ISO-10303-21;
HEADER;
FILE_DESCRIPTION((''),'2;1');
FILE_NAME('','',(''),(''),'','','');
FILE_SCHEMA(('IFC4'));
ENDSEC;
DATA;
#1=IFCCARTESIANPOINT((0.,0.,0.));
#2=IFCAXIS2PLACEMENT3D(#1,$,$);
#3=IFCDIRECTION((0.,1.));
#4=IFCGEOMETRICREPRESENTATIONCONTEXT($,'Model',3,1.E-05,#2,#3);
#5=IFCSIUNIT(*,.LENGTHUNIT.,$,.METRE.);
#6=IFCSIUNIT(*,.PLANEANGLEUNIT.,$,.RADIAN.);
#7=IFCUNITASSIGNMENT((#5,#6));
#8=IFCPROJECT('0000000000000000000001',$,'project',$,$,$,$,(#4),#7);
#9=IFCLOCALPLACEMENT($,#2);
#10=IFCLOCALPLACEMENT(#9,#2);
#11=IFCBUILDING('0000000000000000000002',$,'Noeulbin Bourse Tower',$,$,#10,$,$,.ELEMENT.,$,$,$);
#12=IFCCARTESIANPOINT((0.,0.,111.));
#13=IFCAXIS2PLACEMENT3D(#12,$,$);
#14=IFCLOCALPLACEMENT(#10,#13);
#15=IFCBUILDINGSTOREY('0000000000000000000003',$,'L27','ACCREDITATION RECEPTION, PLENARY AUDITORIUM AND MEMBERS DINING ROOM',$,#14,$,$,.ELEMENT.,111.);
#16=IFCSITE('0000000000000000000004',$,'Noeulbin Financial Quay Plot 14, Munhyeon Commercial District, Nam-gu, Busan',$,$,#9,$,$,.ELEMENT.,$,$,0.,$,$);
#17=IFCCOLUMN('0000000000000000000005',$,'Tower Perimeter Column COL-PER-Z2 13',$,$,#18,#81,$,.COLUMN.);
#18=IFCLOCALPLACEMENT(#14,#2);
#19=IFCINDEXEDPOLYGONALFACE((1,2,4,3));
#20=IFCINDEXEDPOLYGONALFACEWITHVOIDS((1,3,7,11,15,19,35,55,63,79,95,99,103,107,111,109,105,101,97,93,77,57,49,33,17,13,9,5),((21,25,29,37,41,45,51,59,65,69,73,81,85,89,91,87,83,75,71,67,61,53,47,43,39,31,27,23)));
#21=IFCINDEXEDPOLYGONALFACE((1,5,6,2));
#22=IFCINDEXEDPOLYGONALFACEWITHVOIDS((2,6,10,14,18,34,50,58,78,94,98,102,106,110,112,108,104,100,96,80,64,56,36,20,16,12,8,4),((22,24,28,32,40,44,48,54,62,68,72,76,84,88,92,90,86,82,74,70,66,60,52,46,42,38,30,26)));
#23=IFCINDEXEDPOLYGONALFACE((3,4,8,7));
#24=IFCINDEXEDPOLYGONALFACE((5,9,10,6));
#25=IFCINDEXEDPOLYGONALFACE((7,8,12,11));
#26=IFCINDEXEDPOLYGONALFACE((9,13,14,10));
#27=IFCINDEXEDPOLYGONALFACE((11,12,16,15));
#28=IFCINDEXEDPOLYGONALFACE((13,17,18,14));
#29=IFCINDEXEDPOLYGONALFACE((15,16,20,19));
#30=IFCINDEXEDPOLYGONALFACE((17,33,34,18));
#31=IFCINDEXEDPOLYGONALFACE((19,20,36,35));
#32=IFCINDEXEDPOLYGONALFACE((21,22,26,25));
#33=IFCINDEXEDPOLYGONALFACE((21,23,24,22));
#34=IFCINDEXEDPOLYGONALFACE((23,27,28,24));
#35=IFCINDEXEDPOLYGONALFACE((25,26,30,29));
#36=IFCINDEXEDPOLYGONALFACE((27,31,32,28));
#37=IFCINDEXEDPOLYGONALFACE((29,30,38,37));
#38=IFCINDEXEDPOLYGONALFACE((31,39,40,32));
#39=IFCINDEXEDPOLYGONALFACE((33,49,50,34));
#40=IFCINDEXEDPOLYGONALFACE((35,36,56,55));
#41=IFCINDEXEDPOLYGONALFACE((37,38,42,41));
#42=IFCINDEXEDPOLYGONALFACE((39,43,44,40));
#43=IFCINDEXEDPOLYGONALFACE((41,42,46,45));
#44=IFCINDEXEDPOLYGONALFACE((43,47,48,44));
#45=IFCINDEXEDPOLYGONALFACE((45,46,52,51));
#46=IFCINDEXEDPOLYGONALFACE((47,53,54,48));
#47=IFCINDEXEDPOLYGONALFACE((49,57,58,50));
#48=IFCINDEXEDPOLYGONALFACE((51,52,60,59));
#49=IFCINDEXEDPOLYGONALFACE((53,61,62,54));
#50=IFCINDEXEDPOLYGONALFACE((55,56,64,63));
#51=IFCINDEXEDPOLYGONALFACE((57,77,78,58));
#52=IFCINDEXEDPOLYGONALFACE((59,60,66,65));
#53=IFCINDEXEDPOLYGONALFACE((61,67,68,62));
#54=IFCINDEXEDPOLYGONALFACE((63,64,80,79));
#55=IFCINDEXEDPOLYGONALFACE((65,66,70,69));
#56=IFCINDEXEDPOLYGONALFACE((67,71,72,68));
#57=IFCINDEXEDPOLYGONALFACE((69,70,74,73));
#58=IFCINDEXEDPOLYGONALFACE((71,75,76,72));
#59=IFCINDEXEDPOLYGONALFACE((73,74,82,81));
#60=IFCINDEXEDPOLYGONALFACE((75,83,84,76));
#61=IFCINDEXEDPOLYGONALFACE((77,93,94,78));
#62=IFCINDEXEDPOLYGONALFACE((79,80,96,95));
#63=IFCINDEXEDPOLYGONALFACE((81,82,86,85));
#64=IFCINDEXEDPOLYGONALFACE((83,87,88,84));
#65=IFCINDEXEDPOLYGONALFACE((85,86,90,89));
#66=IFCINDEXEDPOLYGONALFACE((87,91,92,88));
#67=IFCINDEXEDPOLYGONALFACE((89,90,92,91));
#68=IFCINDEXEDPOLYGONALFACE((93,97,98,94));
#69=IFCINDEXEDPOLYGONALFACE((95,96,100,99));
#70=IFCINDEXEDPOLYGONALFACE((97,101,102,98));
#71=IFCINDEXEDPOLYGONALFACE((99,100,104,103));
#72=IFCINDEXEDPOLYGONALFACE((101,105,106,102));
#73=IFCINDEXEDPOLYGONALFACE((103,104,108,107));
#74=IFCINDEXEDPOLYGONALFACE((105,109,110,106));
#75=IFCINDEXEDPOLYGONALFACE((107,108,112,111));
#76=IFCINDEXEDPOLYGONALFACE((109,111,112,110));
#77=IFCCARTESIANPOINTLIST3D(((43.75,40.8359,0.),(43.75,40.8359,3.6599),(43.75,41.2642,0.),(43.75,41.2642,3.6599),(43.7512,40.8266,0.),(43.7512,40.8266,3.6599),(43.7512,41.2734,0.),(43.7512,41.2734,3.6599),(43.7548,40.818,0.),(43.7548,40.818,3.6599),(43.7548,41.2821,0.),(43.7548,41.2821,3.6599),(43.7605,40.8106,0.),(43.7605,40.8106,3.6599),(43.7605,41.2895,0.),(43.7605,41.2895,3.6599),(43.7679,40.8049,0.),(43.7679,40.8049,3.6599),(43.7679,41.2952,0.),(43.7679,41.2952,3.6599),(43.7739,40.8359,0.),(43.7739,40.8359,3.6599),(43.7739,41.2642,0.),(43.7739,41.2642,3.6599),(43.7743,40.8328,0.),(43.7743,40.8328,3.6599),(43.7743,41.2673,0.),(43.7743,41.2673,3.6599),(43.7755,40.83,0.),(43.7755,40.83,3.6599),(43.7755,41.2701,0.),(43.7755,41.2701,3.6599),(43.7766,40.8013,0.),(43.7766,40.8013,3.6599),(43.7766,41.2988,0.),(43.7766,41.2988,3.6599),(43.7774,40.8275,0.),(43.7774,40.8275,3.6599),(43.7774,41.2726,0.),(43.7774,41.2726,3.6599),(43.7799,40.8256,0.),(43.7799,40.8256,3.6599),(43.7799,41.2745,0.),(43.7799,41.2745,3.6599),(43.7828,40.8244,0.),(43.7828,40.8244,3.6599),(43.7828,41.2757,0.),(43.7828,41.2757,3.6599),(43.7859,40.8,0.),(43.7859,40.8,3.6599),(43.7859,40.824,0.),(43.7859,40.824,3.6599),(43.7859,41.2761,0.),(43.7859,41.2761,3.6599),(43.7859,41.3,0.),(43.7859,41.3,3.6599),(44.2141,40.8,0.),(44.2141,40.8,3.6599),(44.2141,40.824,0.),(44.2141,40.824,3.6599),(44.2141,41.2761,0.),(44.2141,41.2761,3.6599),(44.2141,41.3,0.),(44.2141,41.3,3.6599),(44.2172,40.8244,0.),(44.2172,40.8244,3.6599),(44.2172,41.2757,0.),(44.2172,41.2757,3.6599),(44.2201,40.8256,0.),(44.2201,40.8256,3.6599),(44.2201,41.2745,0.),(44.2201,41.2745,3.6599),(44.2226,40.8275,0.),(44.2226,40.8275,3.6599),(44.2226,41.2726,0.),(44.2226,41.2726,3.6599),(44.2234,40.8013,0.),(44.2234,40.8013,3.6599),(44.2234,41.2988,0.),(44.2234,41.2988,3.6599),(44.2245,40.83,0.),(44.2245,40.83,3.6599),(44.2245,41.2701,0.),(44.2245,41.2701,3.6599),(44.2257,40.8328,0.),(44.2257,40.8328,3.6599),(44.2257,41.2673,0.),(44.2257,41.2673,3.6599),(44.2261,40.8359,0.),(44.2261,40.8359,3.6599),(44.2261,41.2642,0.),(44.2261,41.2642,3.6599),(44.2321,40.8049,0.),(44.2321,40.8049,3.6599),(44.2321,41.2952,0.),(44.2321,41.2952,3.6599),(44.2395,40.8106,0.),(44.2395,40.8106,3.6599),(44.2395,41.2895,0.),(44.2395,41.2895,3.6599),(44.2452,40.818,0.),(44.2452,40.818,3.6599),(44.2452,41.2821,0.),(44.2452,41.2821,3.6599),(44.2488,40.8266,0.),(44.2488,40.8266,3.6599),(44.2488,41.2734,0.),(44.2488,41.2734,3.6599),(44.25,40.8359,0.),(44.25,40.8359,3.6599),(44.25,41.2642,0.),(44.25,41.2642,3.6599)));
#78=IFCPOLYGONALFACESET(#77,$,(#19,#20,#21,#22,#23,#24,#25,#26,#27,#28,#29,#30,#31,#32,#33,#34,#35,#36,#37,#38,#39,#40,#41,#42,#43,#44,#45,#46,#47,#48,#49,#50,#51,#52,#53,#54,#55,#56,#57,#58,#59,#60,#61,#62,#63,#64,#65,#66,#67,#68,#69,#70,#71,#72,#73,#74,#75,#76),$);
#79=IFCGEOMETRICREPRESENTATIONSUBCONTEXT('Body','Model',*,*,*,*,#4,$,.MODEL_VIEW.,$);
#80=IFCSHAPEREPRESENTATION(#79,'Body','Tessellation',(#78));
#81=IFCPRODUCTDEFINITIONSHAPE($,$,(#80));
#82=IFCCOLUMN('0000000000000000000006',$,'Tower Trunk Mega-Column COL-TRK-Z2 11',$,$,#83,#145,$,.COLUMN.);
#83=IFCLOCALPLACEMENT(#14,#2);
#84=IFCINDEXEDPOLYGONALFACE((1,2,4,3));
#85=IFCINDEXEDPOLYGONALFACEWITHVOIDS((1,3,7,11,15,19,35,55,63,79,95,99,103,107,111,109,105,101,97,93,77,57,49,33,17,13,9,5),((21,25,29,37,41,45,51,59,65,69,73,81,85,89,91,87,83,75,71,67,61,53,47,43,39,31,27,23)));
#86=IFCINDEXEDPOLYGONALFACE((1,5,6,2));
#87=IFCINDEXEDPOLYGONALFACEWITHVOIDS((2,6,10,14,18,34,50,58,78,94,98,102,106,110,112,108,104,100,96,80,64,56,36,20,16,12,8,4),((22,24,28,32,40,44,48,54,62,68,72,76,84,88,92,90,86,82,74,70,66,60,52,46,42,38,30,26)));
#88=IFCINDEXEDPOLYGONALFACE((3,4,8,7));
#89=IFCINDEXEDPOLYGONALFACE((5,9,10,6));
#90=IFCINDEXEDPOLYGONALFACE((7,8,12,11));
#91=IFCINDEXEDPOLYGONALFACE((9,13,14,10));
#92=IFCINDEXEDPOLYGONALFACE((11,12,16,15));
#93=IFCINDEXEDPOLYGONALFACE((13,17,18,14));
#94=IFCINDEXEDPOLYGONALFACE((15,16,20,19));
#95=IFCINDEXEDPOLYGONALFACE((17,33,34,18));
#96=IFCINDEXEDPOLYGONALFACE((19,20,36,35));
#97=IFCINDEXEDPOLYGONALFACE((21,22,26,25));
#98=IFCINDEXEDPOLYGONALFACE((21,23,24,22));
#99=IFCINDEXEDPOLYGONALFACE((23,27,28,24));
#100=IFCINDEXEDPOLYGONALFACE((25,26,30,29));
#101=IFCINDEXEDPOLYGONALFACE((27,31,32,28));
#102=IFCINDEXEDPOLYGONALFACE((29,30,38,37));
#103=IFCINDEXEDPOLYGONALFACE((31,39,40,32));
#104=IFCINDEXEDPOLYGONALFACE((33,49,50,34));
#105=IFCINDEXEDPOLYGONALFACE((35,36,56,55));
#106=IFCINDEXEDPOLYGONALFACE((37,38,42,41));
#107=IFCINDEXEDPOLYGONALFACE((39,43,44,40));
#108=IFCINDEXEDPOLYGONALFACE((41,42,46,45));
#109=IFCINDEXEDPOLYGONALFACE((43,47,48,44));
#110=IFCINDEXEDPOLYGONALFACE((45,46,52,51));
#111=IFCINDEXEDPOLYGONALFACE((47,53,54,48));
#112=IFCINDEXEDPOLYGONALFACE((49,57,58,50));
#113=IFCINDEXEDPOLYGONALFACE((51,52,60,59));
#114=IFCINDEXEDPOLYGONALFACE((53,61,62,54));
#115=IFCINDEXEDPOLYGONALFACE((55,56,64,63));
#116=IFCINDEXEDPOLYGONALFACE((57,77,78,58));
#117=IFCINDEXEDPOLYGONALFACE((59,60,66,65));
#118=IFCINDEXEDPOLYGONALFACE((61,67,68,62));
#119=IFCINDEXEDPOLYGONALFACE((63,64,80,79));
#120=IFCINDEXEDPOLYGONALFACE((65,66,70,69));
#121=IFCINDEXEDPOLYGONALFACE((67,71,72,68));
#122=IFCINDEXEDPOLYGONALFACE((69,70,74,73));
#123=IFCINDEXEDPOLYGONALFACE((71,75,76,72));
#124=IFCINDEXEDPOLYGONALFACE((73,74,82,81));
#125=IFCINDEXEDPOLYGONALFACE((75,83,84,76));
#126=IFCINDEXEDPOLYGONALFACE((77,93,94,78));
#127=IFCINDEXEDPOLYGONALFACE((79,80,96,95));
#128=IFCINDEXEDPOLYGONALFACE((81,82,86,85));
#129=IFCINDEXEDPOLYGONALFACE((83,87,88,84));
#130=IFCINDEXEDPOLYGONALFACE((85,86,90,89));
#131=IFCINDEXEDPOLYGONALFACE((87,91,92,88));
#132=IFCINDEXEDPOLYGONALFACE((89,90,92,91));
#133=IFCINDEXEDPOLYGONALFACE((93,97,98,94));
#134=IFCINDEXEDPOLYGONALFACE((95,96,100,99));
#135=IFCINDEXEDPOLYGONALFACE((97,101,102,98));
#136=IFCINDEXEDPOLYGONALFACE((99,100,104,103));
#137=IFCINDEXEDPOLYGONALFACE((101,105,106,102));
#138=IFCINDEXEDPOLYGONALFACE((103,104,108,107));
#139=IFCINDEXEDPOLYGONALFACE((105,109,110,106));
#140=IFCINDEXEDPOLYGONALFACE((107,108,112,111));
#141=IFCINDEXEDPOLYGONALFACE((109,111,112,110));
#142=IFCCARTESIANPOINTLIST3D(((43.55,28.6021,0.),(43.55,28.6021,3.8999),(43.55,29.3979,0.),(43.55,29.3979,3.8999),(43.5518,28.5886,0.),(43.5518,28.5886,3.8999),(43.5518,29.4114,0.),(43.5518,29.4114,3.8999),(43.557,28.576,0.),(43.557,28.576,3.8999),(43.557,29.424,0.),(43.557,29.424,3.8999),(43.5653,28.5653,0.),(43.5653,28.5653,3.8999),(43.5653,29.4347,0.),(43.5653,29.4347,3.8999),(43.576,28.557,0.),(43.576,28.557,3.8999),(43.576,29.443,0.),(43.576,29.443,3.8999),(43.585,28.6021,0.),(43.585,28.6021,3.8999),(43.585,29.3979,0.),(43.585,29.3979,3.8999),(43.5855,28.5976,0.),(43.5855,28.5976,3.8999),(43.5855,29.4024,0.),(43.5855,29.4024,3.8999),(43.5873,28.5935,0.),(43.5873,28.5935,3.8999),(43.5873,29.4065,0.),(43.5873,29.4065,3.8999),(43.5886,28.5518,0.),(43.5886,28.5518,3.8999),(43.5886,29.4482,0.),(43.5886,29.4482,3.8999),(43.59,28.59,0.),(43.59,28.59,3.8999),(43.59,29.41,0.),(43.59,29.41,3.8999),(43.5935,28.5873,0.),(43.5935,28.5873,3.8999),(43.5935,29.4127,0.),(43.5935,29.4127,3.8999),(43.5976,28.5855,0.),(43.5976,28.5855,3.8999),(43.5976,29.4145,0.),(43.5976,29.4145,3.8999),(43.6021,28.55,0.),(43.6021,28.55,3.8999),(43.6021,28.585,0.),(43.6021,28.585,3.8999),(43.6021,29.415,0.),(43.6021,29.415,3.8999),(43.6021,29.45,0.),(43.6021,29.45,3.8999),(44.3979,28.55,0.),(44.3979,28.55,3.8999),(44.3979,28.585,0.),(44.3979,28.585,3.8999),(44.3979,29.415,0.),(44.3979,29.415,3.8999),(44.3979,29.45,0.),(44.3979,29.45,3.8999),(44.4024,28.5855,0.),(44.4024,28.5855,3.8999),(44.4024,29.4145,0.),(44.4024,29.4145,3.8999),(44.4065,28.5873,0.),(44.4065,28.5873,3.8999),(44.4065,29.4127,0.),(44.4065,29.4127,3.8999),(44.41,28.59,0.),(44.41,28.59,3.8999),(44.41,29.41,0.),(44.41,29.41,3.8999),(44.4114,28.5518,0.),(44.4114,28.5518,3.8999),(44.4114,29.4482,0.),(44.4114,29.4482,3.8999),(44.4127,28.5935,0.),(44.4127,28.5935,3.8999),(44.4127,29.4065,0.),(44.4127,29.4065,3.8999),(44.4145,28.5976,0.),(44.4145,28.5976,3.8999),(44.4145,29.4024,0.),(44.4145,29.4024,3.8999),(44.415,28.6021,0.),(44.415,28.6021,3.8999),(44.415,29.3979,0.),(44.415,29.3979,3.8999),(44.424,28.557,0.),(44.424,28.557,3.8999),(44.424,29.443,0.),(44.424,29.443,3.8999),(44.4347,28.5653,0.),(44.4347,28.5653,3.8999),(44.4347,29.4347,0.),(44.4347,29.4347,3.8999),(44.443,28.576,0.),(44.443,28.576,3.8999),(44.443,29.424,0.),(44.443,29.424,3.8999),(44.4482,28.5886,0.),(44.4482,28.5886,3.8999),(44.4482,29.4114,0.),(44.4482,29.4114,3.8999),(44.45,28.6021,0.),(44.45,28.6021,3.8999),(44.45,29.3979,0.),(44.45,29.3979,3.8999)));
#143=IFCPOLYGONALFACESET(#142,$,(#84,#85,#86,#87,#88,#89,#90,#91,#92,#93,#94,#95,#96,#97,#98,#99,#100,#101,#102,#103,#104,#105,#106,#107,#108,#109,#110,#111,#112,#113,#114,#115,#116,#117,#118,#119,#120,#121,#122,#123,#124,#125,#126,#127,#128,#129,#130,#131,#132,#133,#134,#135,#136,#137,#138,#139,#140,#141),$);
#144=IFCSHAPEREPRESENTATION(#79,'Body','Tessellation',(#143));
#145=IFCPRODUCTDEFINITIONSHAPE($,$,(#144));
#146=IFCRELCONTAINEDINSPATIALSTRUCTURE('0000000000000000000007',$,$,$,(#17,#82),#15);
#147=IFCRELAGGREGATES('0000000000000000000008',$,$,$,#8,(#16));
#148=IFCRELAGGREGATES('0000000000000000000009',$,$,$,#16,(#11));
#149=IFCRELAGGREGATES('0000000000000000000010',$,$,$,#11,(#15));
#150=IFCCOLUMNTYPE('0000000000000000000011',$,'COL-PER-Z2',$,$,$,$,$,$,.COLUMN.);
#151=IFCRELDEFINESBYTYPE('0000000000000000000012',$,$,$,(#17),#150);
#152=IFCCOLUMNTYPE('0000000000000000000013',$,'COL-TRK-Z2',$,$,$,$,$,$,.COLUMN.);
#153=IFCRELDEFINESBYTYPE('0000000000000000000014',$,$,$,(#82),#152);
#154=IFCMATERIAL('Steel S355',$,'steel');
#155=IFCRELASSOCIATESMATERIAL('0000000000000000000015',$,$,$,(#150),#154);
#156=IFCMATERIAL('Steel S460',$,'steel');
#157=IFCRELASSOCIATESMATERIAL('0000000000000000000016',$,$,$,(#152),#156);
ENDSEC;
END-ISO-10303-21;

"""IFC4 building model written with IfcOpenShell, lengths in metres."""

from ifc_helpers import new_model, si_unit, direction, frame, origin, origin_2d, place, context, subcontext, project, spatial, hollow_rectangle, extrude, material, material_profile, profile_set, type_object, element, save


model = new_model("IFC4")

# Units and contexts
model_context = context("Model", 3, precision=1e-05, world=origin(), true_north=direction((0.0, 1.0)))
body_context = subcontext(model_context, "Body", "Model", "MODEL_VIEW")
ifc_project = project(units=[si_unit("LENGTHUNIT", "METRE"), si_unit("PLANEANGLEUNIT", "RADIAN")], contexts=[model_context])

# Site, building, storey
site_placement = place(None, origin())
site = spatial("IfcSite", under=ifc_project, at=site_placement, Name="Noeulbin Financial Quay Plot 14, Munhyeon Commercial District, Nam-gu, Busan", CompositionType="ELEMENT", RefElevation=0.0)
building_placement = place(site_placement, origin())
building = spatial("IfcBuilding", under=site, at=building_placement, Name="Noeulbin Bourse Tower", CompositionType="ELEMENT")
storey_placement = place(building_placement, frame((0.0, 0.0, 111.0)))
storey = spatial("IfcBuildingStorey", under=building, at=storey_placement, Name="L27", Description="ACCREDITATION RECEPTION, PLENARY AUDITORIUM AND MEMBERS DINING ROOM", CompositionType="ELEMENT", Elevation=111.0)

# Columns
ifc_material_1 = material(Name="Steel S355", Category="steel")
ifc_material_profile_1 = material_profile(ifc_material_1, hollow_rectangle(XDim=0.5, YDim=0.5, WallThickness=0.0239, InnerFilletRadius=0.012, OuterFilletRadius=0.0359, at=origin_2d()), Name="BOX-500x500x24", Category="LoadBearing")
ifc_profile_set_1 = profile_set([ifc_material_profile_1], Name="Steel S355")
column_type_1 = type_object("IfcColumnType", Name="COL-PER-Z2", PredefinedType="COLUMN", material=ifc_profile_set_1)
column_placement = place(storey_placement, frame((44.0, 41.05, 0.0), z_axis=(0.0, 0.0, 1.0), x_axis=(1.0, 0.0, 0.0)))
element("IfcColumn", 1, at=column_placement, inside=storey, type_object=column_type_1, Name="Tower Perimeter Column COL-PER-Z2 13", PredefinedType="COLUMN", context=body_context, shape_type="SweptSolid", body=[
    extrude(hollow_rectangle(XDim=0.5, YDim=0.5, WallThickness=0.0239, InnerFilletRadius=0.012, OuterFilletRadius=0.0359, at=origin_2d()), origin(), (0.0, 0.0, 1.0), 3.6599),
])
ifc_material_2 = material(Name="Steel S460", Category="steel")
ifc_material_profile_2 = material_profile(ifc_material_2, hollow_rectangle(XDim=0.8999, YDim=0.8999, WallThickness=0.0349, InnerFilletRadius=0.0171, OuterFilletRadius=0.052, at=origin_2d()), Name="BOX-900x900x35", Category="LoadBearing")
ifc_profile_set_2 = profile_set([ifc_material_profile_2], Name="Steel S460")
column_type_2 = type_object("IfcColumnType", Name="COL-TRK-Z2", PredefinedType="COLUMN", material=ifc_profile_set_2)
for number, where, z_axis, x_axis, name in (
    (2, (44.0, 29.0, 0.0), (0.0, 0.0, 1.0), (1.0, 0.0, 0.0), "Tower Trunk Mega-Column COL-TRK-Z2 11"),
):
    element("IfcColumn", number, at=place(storey_placement, frame(where, z_axis=z_axis, x_axis=x_axis)), inside=storey, type_object=column_type_2, Name=name, PredefinedType="COLUMN", context=body_context, shape_type="SweptSolid", body=[
        extrude(hollow_rectangle(XDim=0.8999, YDim=0.8999, WallThickness=0.0349, InnerFilletRadius=0.0171, OuterFilletRadius=0.052, at=origin_2d()), origin(), (0.0, 0.0, 1.0), 3.8999),
    ])

save(model, "model.ifc")
